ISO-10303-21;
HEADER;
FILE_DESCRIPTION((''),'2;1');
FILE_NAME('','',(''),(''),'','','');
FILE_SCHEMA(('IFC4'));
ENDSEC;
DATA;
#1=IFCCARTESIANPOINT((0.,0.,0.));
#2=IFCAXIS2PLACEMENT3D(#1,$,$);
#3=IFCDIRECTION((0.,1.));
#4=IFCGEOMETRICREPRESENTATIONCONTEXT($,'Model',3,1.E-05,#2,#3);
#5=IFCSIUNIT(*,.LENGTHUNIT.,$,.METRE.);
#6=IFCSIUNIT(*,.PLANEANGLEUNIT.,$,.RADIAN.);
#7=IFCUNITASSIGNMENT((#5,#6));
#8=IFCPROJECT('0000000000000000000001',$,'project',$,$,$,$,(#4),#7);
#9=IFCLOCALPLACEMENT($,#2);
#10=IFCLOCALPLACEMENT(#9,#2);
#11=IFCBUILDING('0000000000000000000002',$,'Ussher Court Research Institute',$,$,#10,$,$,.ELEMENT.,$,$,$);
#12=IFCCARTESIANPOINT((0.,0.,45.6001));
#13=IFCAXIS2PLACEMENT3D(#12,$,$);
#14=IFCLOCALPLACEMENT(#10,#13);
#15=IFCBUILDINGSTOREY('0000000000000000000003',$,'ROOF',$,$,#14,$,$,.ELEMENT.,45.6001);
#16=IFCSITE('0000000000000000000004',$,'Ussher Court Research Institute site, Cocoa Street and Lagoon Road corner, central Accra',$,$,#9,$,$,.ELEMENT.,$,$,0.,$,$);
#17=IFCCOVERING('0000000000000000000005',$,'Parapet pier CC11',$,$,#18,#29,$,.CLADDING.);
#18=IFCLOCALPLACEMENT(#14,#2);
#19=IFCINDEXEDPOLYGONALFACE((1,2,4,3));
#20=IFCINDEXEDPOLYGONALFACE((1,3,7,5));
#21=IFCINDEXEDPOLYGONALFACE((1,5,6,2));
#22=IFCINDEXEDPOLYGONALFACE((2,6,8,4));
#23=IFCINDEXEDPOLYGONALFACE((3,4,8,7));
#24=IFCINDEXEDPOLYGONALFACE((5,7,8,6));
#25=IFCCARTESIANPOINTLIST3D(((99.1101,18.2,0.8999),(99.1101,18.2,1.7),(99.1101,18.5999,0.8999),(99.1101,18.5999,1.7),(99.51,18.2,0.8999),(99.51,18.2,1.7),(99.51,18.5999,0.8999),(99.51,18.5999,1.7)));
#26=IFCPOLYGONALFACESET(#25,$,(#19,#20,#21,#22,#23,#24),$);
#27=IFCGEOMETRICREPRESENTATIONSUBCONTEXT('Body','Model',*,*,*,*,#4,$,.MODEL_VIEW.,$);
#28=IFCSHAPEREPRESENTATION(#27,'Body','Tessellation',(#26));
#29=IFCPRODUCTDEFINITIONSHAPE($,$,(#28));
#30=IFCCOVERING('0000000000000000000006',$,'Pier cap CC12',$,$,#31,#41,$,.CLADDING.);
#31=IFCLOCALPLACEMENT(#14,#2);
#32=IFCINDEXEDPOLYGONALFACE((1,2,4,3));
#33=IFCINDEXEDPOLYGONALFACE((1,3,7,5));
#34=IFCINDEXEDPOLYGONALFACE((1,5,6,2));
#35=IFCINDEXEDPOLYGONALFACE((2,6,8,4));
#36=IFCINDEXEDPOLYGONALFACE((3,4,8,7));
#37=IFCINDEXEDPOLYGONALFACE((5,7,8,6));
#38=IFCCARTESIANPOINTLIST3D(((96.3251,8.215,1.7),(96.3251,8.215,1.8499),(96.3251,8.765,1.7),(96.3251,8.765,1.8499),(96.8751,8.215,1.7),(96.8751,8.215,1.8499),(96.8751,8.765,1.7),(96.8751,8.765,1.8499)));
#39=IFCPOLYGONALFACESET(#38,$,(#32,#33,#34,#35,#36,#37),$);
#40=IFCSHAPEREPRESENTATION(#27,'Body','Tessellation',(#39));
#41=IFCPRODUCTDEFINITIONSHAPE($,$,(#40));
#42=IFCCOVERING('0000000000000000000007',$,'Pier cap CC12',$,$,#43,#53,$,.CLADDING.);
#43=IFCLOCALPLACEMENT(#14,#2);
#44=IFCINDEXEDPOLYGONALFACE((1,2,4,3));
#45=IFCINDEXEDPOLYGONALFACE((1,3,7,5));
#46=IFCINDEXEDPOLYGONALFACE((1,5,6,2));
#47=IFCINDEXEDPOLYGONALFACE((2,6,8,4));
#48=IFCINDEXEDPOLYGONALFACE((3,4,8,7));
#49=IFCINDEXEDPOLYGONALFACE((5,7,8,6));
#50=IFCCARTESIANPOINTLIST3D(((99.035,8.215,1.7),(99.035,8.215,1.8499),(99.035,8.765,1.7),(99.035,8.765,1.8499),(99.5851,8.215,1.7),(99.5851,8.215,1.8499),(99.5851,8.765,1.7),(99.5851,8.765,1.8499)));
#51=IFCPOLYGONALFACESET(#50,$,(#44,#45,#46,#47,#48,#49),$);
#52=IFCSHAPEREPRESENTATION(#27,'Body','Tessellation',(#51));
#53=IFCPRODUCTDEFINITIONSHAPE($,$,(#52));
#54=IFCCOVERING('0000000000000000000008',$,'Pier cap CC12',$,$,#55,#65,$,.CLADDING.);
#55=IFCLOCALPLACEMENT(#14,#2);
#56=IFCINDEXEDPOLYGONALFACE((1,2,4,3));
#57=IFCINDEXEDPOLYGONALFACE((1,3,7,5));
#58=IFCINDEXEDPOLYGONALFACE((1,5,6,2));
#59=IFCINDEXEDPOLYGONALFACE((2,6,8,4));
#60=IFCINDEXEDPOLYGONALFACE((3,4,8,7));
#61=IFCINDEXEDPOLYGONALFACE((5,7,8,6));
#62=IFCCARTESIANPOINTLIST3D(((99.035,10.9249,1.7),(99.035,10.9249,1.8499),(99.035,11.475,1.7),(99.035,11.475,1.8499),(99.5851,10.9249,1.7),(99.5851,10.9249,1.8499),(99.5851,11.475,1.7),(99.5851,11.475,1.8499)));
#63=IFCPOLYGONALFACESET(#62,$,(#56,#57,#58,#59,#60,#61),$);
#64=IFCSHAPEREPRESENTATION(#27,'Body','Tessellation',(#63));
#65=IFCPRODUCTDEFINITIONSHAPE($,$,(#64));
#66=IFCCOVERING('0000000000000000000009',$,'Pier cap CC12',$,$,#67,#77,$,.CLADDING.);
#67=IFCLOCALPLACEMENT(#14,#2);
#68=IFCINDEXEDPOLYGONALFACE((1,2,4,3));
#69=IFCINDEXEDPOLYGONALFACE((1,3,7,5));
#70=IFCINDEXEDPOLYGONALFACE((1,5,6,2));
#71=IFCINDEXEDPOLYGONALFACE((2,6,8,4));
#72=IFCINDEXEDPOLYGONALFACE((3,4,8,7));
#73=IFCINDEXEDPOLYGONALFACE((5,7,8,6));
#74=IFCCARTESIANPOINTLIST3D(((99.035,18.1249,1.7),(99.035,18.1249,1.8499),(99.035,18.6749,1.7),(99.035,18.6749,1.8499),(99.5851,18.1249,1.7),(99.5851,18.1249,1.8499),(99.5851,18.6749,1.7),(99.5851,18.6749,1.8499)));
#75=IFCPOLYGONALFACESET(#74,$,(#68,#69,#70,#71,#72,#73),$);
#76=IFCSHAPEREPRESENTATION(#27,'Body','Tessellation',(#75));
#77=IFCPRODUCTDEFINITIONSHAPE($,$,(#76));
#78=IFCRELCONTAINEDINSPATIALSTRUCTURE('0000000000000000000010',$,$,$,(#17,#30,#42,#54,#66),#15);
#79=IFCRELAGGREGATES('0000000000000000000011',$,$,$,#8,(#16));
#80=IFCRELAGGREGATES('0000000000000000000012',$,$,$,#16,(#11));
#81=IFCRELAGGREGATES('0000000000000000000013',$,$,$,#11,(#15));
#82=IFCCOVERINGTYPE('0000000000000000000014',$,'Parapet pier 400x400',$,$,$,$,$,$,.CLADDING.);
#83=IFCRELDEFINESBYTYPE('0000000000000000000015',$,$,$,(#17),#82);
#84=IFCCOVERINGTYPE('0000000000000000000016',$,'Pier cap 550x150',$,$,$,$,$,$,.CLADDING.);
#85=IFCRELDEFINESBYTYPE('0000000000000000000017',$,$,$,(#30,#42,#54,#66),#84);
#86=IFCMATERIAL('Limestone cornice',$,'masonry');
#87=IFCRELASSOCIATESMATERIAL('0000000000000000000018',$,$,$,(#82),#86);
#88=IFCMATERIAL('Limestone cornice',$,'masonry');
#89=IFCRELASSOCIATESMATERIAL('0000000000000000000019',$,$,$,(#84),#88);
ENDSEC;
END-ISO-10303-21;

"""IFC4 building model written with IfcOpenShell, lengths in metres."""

from ifc_helpers import new_model, si_unit, direction, frame, origin, origin_2d, place, context, subcontext, project, spatial, rectangle, extrude, material, type_object, element, save


model = new_model("IFC4")

# Units and contexts
model_context = context("Model", 3, precision=1e-05, world=origin(), true_north=direction((0.0, 1.0)))
body_context = subcontext(model_context, "Body", "Model", "MODEL_VIEW")
ifc_project = project(units=[si_unit("LENGTHUNIT", "METRE"), si_unit("PLANEANGLEUNIT", "RADIAN")], contexts=[model_context])

# Site, building, storey
site_placement = place(None, origin())
site = spatial("IfcSite", under=ifc_project, at=site_placement, Name="Ussher Court Research Institute site, Cocoa Street and Lagoon Road corner, central Accra", CompositionType="ELEMENT", RefElevation=0.0)
building_placement = place(site_placement, origin())
building = spatial("IfcBuilding", under=site, at=building_placement, Name="Ussher Court Research Institute", CompositionType="ELEMENT")
storey_placement = place(building_placement, frame((0.0, 0.0, 45.6001)))
storey = spatial("IfcBuildingStorey", under=building, at=storey_placement, Name="ROOF", CompositionType="ELEMENT", Elevation=45.6001)

# Coverings
ifc_material_1 = material(Name="Limestone cornice", Category="masonry")
covering_type_1 = type_object("IfcCoveringType", Name="Parapet pier 400x400", PredefinedType="CLADDING", material=ifc_material_1)
for number, where, z_axis, x_axis, name in (
    (1, (99.3101, 18.3999, 0.8999), (0.0, 0.0, 1.0), (1.0, 0.0, 0.0), "Parapet pier CC11"),
):
    element("IfcCovering", number, at=place(storey_placement, frame(where, z_axis=z_axis, x_axis=x_axis)), inside=storey, type_object=covering_type_1, Name=name, PredefinedType="CLADDING", context=body_context, shape_type="SweptSolid", body=[
        extrude(rectangle(XDim=0.3999, YDim=0.3999, at=origin_2d()), origin(), (0.0, 0.0, 1.0), 0.8),
    ])
ifc_material_2 = material(Name="Limestone cornice", Category="masonry")
covering_type_2 = type_object("IfcCoveringType", Name="Pier cap 550x150", PredefinedType="CLADDING", material=ifc_material_2)
for number, where, z_axis, x_axis, name in (
    (2, (96.6001, 8.49, 1.7), (0.0, 0.0, 1.0), (1.0, 0.0, 0.0), "Pier cap CC12"),
    (3, (99.3101, 8.49, 1.7), (0.0, 0.0, 1.0), (1.0, 0.0, 0.0), "Pier cap CC12"),
    (4, (99.3101, 11.2, 1.7), (0.0, 0.0, 1.0), (1.0, 0.0, 0.0), "Pier cap CC12"),
    (5, (99.3101, 18.3999, 1.7), (0.0, 0.0, 1.0), (1.0, 0.0, 0.0), "Pier cap CC12"),
):
    element("IfcCovering", number, at=place(storey_placement, frame(where, z_axis=z_axis, x_axis=x_axis)), inside=storey, type_object=covering_type_2, Name=name, PredefinedType="CLADDING", context=body_context, shape_type="SweptSolid", body=[
        extrude(rectangle(XDim=0.55, YDim=0.55, at=origin_2d()), origin(), (0.0, 0.0, 1.0), 0.1499),
    ])

save(model, "model.ifc")
